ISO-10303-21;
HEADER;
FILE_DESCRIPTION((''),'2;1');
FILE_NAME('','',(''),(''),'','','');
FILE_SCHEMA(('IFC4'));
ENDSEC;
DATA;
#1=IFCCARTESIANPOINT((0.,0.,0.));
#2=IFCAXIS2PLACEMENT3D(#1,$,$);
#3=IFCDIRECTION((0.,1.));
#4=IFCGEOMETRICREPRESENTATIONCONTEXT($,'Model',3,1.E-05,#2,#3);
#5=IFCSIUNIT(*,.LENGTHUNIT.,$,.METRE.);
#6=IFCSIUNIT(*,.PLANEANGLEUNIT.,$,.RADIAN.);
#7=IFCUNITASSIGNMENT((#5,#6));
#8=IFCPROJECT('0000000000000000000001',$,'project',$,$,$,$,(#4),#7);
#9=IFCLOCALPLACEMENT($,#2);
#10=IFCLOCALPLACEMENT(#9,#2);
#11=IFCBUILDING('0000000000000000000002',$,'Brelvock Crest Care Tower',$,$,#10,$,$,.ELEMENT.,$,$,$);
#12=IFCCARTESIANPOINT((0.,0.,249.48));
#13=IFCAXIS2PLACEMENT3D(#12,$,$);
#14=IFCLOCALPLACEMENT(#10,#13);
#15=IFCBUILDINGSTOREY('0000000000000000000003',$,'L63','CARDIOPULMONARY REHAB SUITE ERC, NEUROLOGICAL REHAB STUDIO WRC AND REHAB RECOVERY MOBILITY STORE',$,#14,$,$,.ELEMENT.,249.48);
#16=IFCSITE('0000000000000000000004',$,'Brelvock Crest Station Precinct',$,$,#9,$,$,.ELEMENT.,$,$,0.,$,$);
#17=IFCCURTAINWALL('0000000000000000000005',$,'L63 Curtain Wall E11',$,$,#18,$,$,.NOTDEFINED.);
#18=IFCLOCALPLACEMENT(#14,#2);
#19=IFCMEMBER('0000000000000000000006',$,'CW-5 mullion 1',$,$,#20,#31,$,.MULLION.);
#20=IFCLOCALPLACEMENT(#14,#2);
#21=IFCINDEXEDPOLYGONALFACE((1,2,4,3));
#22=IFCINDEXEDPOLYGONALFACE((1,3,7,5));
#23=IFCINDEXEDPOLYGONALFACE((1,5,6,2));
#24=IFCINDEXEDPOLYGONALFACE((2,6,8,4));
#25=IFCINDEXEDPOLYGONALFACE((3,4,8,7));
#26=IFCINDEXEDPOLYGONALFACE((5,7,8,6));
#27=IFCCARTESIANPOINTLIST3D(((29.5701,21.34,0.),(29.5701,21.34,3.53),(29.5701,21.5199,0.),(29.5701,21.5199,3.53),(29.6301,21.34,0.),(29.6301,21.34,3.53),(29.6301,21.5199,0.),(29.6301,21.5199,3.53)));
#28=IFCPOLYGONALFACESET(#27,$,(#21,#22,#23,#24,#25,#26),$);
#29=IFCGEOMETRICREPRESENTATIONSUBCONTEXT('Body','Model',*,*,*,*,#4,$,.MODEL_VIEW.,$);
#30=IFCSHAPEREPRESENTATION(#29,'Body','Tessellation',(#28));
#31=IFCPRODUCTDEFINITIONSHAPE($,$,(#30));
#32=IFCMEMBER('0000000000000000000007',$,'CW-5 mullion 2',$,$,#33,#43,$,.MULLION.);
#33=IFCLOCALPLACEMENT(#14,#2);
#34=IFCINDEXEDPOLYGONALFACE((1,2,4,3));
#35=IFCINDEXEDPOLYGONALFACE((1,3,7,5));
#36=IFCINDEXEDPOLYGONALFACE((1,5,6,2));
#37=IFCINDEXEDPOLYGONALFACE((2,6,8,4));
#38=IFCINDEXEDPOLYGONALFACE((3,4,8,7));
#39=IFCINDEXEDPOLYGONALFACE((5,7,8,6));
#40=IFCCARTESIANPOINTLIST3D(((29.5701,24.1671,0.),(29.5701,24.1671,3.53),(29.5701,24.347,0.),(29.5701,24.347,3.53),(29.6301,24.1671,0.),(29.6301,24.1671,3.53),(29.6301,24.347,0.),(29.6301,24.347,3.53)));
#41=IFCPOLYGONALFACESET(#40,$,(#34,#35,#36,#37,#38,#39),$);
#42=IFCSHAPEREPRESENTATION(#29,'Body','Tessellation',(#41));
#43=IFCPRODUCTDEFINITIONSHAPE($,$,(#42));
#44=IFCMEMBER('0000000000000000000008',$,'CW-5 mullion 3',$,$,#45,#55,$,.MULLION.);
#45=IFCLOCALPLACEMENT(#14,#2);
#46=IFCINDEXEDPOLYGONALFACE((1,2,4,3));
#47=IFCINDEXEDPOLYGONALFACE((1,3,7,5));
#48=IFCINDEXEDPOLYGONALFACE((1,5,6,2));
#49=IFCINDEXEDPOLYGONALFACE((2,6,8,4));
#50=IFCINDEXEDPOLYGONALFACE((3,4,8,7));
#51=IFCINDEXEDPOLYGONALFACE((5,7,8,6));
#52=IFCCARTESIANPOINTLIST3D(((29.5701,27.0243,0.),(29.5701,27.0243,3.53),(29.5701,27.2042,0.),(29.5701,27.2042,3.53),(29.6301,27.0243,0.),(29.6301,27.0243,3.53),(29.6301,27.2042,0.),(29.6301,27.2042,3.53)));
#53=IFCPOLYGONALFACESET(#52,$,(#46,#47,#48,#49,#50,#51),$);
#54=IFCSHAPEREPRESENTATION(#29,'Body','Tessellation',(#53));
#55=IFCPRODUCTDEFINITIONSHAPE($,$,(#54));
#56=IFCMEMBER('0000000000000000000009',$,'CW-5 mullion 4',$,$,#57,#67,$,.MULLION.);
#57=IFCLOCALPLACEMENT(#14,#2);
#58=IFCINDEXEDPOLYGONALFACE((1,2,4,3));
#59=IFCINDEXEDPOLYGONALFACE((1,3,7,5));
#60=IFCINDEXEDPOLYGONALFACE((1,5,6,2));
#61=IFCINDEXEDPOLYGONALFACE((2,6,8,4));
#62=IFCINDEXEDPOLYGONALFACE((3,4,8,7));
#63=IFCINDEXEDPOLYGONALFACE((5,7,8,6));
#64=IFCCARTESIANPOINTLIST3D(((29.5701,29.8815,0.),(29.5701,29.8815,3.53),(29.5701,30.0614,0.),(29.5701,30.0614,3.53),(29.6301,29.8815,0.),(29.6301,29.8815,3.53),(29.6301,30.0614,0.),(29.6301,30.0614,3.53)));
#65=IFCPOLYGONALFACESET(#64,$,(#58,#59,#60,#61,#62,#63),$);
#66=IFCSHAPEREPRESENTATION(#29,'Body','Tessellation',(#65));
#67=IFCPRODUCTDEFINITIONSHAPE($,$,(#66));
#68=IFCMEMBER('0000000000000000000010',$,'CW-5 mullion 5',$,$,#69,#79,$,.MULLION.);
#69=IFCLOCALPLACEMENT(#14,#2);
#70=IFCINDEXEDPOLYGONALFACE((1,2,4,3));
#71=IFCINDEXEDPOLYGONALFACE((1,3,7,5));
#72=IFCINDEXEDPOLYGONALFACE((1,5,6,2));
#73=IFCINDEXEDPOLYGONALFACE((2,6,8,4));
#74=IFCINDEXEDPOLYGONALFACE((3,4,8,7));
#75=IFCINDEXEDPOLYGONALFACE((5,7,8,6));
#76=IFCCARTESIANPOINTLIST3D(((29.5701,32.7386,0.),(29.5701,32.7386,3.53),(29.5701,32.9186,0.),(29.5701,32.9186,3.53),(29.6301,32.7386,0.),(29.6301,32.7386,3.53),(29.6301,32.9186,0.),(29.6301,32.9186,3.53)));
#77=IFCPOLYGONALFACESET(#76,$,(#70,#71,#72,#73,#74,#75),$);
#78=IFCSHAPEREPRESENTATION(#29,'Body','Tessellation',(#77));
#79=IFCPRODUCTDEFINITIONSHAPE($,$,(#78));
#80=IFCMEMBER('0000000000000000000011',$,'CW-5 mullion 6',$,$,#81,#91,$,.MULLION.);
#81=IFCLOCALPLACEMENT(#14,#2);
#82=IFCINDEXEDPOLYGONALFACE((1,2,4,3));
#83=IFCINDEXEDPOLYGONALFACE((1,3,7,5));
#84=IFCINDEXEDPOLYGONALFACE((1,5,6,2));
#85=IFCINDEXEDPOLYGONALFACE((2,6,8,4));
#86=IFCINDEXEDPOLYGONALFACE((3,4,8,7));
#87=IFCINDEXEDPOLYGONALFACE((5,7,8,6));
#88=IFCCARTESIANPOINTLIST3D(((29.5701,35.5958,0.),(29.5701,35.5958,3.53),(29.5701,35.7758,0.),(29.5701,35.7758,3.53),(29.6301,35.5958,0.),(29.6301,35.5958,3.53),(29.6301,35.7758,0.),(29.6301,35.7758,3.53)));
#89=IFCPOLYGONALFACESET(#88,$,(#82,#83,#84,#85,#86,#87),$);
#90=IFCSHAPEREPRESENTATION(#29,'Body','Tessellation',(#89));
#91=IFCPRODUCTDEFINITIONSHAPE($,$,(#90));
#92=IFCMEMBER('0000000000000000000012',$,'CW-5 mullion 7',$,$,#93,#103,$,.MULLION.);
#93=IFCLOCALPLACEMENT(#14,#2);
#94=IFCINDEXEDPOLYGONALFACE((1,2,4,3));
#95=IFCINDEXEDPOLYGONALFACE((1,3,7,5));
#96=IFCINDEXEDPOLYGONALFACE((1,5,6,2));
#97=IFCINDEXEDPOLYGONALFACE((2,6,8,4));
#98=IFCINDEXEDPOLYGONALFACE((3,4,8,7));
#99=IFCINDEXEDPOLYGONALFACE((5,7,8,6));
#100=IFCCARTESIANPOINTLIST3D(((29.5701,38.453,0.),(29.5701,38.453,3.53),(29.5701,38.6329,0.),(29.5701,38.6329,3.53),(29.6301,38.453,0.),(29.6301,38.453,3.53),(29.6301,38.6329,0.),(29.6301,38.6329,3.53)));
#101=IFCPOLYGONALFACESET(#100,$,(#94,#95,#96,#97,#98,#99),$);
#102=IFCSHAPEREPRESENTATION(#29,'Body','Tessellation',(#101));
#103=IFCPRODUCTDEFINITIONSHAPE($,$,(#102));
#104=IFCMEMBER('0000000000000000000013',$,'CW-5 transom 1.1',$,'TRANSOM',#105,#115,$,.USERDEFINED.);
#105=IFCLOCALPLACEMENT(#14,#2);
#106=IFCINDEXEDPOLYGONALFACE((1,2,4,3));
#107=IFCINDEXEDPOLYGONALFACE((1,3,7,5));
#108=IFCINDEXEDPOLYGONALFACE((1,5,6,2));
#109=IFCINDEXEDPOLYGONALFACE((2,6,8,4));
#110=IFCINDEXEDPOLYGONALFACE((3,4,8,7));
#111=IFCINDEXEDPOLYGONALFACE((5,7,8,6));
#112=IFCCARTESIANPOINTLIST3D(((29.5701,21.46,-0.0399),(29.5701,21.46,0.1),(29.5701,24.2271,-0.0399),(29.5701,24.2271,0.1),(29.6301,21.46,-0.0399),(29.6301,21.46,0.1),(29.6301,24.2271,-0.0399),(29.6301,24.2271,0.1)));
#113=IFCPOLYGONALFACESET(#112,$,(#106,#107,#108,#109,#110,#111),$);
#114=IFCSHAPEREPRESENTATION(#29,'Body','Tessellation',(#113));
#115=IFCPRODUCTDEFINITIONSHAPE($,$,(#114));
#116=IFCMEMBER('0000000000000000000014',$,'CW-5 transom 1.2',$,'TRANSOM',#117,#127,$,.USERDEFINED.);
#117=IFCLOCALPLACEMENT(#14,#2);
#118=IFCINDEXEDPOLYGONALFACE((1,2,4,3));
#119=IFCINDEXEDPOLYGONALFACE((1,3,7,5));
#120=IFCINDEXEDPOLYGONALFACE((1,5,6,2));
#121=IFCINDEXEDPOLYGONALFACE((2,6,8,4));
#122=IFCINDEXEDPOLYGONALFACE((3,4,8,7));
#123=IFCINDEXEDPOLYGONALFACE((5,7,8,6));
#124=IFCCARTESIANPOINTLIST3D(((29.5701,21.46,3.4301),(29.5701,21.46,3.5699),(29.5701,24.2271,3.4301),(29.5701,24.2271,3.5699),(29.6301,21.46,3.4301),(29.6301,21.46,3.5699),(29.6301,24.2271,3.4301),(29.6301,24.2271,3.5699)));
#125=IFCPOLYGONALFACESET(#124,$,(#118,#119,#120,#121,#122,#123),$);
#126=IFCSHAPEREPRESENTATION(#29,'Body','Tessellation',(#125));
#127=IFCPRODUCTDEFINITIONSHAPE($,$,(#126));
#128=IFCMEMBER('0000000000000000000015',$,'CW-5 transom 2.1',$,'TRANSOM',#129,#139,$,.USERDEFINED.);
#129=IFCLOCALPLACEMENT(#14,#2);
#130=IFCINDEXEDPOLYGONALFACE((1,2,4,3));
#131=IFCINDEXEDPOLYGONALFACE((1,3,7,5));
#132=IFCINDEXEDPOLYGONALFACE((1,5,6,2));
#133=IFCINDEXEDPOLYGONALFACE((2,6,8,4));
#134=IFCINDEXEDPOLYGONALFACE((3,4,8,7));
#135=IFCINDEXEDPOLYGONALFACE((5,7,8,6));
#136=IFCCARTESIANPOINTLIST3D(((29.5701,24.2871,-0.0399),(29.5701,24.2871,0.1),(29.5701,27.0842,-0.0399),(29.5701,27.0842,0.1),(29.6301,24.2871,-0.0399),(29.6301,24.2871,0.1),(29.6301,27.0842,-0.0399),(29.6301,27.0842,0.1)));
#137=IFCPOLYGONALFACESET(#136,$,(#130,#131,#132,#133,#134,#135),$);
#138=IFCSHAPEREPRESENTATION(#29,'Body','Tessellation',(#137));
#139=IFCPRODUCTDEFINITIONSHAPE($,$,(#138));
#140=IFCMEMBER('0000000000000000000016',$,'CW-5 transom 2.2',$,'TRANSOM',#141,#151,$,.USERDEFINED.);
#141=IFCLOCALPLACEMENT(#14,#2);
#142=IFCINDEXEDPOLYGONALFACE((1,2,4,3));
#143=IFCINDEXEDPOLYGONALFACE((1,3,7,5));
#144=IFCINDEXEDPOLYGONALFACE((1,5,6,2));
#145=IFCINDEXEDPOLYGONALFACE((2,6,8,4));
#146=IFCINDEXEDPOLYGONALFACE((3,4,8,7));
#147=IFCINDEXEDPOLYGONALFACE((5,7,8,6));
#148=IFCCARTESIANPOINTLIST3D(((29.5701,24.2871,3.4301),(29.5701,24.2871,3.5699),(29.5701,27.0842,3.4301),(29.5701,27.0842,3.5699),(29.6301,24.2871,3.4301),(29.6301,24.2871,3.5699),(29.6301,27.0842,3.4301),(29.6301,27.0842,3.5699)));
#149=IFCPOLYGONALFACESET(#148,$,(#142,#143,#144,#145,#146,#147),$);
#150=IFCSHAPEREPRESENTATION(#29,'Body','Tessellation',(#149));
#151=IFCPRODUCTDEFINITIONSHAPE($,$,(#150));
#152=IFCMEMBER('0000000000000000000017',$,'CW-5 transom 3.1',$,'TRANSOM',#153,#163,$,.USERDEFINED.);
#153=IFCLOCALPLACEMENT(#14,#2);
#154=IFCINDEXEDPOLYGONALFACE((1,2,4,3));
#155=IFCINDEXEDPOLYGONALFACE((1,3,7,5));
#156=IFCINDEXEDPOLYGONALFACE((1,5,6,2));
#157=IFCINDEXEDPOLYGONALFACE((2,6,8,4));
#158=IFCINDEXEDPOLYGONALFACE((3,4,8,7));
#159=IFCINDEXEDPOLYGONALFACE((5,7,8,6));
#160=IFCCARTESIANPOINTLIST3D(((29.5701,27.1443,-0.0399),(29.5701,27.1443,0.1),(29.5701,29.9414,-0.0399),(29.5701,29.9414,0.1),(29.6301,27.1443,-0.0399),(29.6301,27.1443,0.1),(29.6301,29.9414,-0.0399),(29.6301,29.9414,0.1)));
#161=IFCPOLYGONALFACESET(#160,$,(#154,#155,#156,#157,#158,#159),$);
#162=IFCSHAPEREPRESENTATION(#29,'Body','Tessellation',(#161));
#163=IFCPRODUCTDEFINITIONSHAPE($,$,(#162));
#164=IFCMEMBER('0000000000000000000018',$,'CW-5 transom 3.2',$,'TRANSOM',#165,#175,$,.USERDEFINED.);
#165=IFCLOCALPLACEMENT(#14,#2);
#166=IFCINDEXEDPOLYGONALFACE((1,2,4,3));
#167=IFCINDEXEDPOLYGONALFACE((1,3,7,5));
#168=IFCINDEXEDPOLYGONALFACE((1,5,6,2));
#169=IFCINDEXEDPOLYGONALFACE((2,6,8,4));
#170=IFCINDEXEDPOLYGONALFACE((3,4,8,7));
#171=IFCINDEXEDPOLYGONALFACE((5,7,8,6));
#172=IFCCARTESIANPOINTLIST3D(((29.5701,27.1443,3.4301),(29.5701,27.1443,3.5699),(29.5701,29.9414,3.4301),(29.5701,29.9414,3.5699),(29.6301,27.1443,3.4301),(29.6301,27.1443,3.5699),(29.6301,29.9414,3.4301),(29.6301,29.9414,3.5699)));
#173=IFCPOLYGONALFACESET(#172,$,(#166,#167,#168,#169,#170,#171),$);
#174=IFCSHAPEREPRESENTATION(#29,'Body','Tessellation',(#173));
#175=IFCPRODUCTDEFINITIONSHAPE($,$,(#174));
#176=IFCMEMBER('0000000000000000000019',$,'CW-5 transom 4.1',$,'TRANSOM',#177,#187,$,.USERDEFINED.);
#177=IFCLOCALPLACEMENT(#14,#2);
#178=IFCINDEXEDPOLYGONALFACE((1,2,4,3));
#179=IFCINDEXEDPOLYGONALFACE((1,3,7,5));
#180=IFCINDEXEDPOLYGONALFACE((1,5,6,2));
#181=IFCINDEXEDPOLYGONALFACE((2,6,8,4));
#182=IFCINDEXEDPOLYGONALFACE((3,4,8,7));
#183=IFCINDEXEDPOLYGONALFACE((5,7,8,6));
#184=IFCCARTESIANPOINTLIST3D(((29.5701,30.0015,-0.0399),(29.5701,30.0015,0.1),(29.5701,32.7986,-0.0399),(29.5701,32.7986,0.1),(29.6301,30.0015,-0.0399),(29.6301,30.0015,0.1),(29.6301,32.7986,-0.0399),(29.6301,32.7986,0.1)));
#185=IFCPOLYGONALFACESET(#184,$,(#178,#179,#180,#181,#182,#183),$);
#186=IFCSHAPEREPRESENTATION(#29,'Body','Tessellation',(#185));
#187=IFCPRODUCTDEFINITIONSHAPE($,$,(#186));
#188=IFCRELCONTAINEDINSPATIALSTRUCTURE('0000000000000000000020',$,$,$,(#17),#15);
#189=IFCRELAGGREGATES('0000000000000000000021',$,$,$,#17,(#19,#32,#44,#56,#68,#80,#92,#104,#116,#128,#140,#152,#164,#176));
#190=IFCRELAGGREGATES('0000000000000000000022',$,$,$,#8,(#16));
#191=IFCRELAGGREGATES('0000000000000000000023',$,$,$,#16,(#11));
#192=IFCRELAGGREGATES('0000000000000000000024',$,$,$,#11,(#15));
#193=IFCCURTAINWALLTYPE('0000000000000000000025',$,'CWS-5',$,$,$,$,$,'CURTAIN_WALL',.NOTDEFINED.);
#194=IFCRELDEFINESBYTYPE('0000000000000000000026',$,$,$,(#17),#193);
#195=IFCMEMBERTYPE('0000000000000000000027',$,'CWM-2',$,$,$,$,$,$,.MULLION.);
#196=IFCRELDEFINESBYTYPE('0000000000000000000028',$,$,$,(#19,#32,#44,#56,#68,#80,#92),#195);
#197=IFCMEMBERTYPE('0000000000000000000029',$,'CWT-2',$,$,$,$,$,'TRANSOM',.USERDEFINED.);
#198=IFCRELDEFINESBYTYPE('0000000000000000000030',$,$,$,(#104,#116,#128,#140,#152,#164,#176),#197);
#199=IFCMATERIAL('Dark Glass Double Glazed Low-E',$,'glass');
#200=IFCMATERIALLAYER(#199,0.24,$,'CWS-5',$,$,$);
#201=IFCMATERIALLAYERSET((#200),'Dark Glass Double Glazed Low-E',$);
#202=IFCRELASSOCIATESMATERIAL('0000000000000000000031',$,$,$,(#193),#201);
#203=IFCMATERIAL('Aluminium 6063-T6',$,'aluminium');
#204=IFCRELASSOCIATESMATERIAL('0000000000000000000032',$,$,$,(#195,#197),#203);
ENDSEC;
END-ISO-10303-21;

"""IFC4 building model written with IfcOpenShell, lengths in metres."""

from ifc_helpers import new_model, si_unit, direction, frame, origin, origin_2d, place, context, subcontext, project, spatial, rectangle, extrude, source, transform, mapped, material, layer, layer_set, material_profile, profile_set, type_object, element, aggregate, save


model = new_model("IFC4")

# Units and contexts
model_context = context("Model", 3, precision=1e-05, world=origin(), true_north=direction((0.0, 1.0)))
body_context = subcontext(model_context, "Body", "Model", "MODEL_VIEW")
ifc_project = project(units=[si_unit("LENGTHUNIT", "METRE"), si_unit("PLANEANGLEUNIT", "RADIAN")], contexts=[model_context])

# Site, building, storey
site_placement = place(None, origin())
site = spatial("IfcSite", under=ifc_project, at=site_placement, Name="Brelvock Crest Station Precinct", CompositionType="ELEMENT", RefElevation=0.0)
building_placement = place(site_placement, origin())
building = spatial("IfcBuilding", under=site, at=building_placement, Name="Brelvock Crest Care Tower", CompositionType="ELEMENT")
storey_placement = place(building_placement, frame((0.0, 0.0, 249.48)))
storey = spatial("IfcBuildingStorey", under=building, at=storey_placement, Name="L63", Description="CARDIOPULMONARY REHAB SUITE ERC, NEUROLOGICAL REHAB STUDIO WRC AND REHAB RECOVERY MOBILITY STORE", CompositionType="ELEMENT", Elevation=249.48)

# Curtain wall, members
ifc_material_1 = material(Name="Dark Glass Double Glazed Low-E", Category="glass")
ifc_layer_1 = layer(ifc_material_1, 0.24, Name="CWS-5")
ifc_layer_set_1 = layer_set([ifc_layer_1], Name="Dark Glass Double Glazed Low-E")
curtain_wall_type = type_object("IfcCurtainWallType", Name="CWS-5", ElementType="CURTAIN_WALL", PredefinedType="NOTDEFINED", material=ifc_layer_set_1)
curtain_wall_placement = place(storey_placement, origin())
curtain_wall = element("IfcCurtainWall", 1, at=curtain_wall_placement, inside=storey, type_object=curtain_wall_type, Name="L63 Curtain Wall E11", PredefinedType="NOTDEFINED")
ifc_material_2 = material(Name="Aluminium 6063-T6", Category="aluminium")
ifc_material_profile_1 = material_profile(ifc_material_2, rectangle(XDim=0.0601, YDim=0.1799, at=origin_2d()), Name="ALU60x180")
ifc_profile_set_1 = profile_set([ifc_material_profile_1], Name="Aluminium 6063-T6")
member_type_1 = type_object("IfcMemberType", Name="CWM-2", PredefinedType="MULLION", material=ifc_profile_set_1)
shared_shape_1 = source(origin(), body_context, "Body", "SweptSolid", [
    extrude(rectangle(XDim=0.0601, YDim=0.1799, at=origin_2d()), origin(), (0.0, 0.0, 1.0), 3.53),
])
member_1_placement = place(storey_placement, frame((29.6001, 21.4299, 0.0), z_axis=(0.0, 0.0, 1.0), x_axis=(-1.0, 0.0, 0.0)))
member_1 = element("IfcMember", 2, at=member_1_placement, type_object=member_type_1, Name="CW-5 mullion 1", PredefinedType="MULLION", context=body_context, shape_type="MappedRepresentation", body=[
    mapped(shared_shape_1, transform((0.0, 0.0, 0.0), x_axis=(1.0, 0.0, 0.0), y_axis=(0.0, 1.0, 0.0), z_axis=(0.0, 0.0, 1.0), scale=1.0)),
])
member_2_placement = place(storey_placement, frame((29.6001, 24.2571, 0.0), z_axis=(0.0, 0.0, 1.0), x_axis=(-1.0, 0.0, 0.0)))
member_2 = element("IfcMember", 3, at=member_2_placement, type_object=member_type_1, Name="CW-5 mullion 2", PredefinedType="MULLION", context=body_context, shape_type="MappedRepresentation", body=[
    mapped(shared_shape_1, transform((0.0, 0.0, 0.0), x_axis=(1.0, 0.0, 0.0), y_axis=(0.0, 1.0, 0.0), z_axis=(0.0, 0.0, 1.0), scale=1.0)),
])
member_3_placement = place(storey_placement, frame((29.6001, 27.1143, 0.0), z_axis=(0.0, 0.0, 1.0), x_axis=(-1.0, 0.0, 0.0)))
member_3 = element("IfcMember", 4, at=member_3_placement, type_object=member_type_1, Name="CW-5 mullion 3", PredefinedType="MULLION", context=body_context, shape_type="MappedRepresentation", body=[
    mapped(shared_shape_1, transform((0.0, 0.0, 0.0), x_axis=(1.0, 0.0, 0.0), y_axis=(0.0, 1.0, 0.0), z_axis=(0.0, 0.0, 1.0), scale=1.0)),
])
member_4_placement = place(storey_placement, frame((29.6001, 29.9714, 0.0), z_axis=(0.0, 0.0, 1.0), x_axis=(-1.0, 0.0, 0.0)))
member_4 = element("IfcMember", 5, at=member_4_placement, type_object=member_type_1, Name="CW-5 mullion 4", PredefinedType="MULLION", context=body_context, shape_type="MappedRepresentation", body=[
    mapped(shared_shape_1, transform((0.0, 0.0, 0.0), x_axis=(1.0, 0.0, 0.0), y_axis=(0.0, 1.0, 0.0), z_axis=(0.0, 0.0, 1.0), scale=1.0)),
])
member_5_placement = place(storey_placement, frame((29.6001, 32.8286, 0.0), z_axis=(0.0, 0.0, 1.0), x_axis=(-1.0, 0.0, 0.0)))
member_5 = element("IfcMember", 6, at=member_5_placement, type_object=member_type_1, Name="CW-5 mullion 5", PredefinedType="MULLION", context=body_context, shape_type="MappedRepresentation", body=[
    mapped(shared_shape_1, transform((0.0, 0.0, 0.0), x_axis=(1.0, 0.0, 0.0), y_axis=(0.0, 1.0, 0.0), z_axis=(0.0, 0.0, 1.0), scale=1.0)),
])
member_6_placement = place(storey_placement, frame((29.6001, 35.6858, 0.0), z_axis=(0.0, 0.0, 1.0), x_axis=(-1.0, 0.0, 0.0)))
member_6 = element("IfcMember", 7, at=member_6_placement, type_object=member_type_1, Name="CW-5 mullion 6", PredefinedType="MULLION", context=body_context, shape_type="MappedRepresentation", body=[
    mapped(shared_shape_1, transform((0.0, 0.0, 0.0), x_axis=(1.0, 0.0, 0.0), y_axis=(0.0, 1.0, 0.0), z_axis=(0.0, 0.0, 1.0), scale=1.0)),
])
member_7_placement = place(storey_placement, frame((29.6001, 38.543, 0.0), z_axis=(0.0, 0.0, 1.0), x_axis=(-1.0, 0.0, 0.0)))
member_7 = element("IfcMember", 8, at=member_7_placement, type_object=member_type_1, Name="CW-5 mullion 7", PredefinedType="MULLION", context=body_context, shape_type="MappedRepresentation", body=[
    mapped(shared_shape_1, transform((0.0, 0.0, 0.0), x_axis=(1.0, 0.0, 0.0), y_axis=(0.0, 1.0, 0.0), z_axis=(0.0, 0.0, 1.0), scale=1.0)),
])
ifc_material_profile_2 = material_profile(ifc_material_2, rectangle(XDim=0.0601, YDim=0.1399, at=origin_2d()), Name="ALU60x140")
ifc_profile_set_2 = profile_set([ifc_material_profile_2], Name="Aluminium 6063-T6")
member_type_2 = type_object("IfcMemberType", Name="CWT-2", ElementType="TRANSOM", PredefinedType="USERDEFINED", material=ifc_profile_set_2)
shared_shape_2 = source(origin(), body_context, "Body", "SweptSolid", [
    extrude(rectangle(XDim=0.0601, YDim=0.1399, at=origin_2d()), origin(), (0.0, 0.0, 1.0), 2.7671),
])
member_8_placement = place(storey_placement, frame((29.6001, 21.46, 0.03), z_axis=(0.0, 1.0, 0.0), x_axis=(-1.0, 0.0, 0.0)))
member_8 = element("IfcMember", 9, at=member_8_placement, type_object=member_type_2, Name="CW-5 transom 1.1", ObjectType="TRANSOM", PredefinedType="USERDEFINED", context=body_context, shape_type="MappedRepresentation", body=[
    mapped(shared_shape_2, transform((0.0, 0.0, 0.0), x_axis=(1.0, 0.0, 0.0), y_axis=(0.0, 1.0, 0.0), z_axis=(0.0, 0.0, 1.0), scale=1.0)),
])
member_9_placement = place(storey_placement, frame((29.6001, 21.46, 3.5), z_axis=(0.0, 1.0, 0.0), x_axis=(-1.0, 0.0, 0.0)))
member_9 = element("IfcMember", 10, at=member_9_placement, type_object=member_type_2, Name="CW-5 transom 1.2", ObjectType="TRANSOM", PredefinedType="USERDEFINED", context=body_context, shape_type="MappedRepresentation", body=[
    mapped(shared_shape_2, transform((0.0, 0.0, 0.0), x_axis=(1.0, 0.0, 0.0), y_axis=(0.0, 1.0, 0.0), z_axis=(0.0, 0.0, 1.0), scale=1.0)),
])
shared_shape_3 = source(origin(), body_context, "Body", "SweptSolid", [
    extrude(rectangle(XDim=0.0601, YDim=0.1399, at=origin_2d()), origin(), (0.0, 0.0, 1.0), 2.7971),
])
member_10_placement = place(storey_placement, frame((29.6001, 24.2871, 0.03), z_axis=(0.0, 1.0, 0.0), x_axis=(-1.0, 0.0, 0.0)))
member_10 = element("IfcMember", 11, at=member_10_placement, type_object=member_type_2, Name="CW-5 transom 2.1", ObjectType="TRANSOM", PredefinedType="USERDEFINED", context=body_context, shape_type="MappedRepresentation", body=[
    mapped(shared_shape_3, transform((0.0, 0.0, 0.0), x_axis=(1.0, 0.0, 0.0), y_axis=(0.0, 1.0, 0.0), z_axis=(0.0, 0.0, 1.0), scale=1.0)),
])
member_11_placement = place(storey_placement, frame((29.6001, 24.2871, 3.5), z_axis=(0.0, 1.0, 0.0), x_axis=(-1.0, 0.0, 0.0)))
member_11 = element("IfcMember", 12, at=member_11_placement, type_object=member_type_2, Name="CW-5 transom 2.2", ObjectType="TRANSOM", PredefinedType="USERDEFINED", context=body_context, shape_type="MappedRepresentation", body=[
    mapped(shared_shape_3, transform((0.0, 0.0, 0.0), x_axis=(1.0, 0.0, 0.0), y_axis=(0.0, 1.0, 0.0), z_axis=(0.0, 0.0, 1.0), scale=1.0)),
])
member_12_placement = place(storey_placement, frame((29.6001, 27.1443, 0.03), z_axis=(0.0, 1.0, 0.0), x_axis=(-1.0, 0.0, 0.0)))
member_12 = element("IfcMember", 13, at=member_12_placement, type_object=member_type_2, Name="CW-5 transom 3.1", ObjectType="TRANSOM", PredefinedType="USERDEFINED", context=body_context, shape_type="MappedRepresentation", body=[
    mapped(shared_shape_3, transform((0.0, 0.0, 0.0), x_axis=(1.0, 0.0, 0.0), y_axis=(0.0, 1.0, 0.0), z_axis=(0.0, 0.0, 1.0), scale=1.0)),
])
member_13_placement = place(storey_placement, frame((29.6001, 27.1443, 3.5), z_axis=(0.0, 1.0, 0.0), x_axis=(-1.0, 0.0, 0.0)))
member_13 = element("IfcMember", 14, at=member_13_placement, type_object=member_type_2, Name="CW-5 transom 3.2", ObjectType="TRANSOM", PredefinedType="USERDEFINED", context=body_context, shape_type="MappedRepresentation", body=[
    mapped(shared_shape_3, transform((0.0, 0.0, 0.0), x_axis=(1.0, 0.0, 0.0), y_axis=(0.0, 1.0, 0.0), z_axis=(0.0, 0.0, 1.0), scale=1.0)),
])
member_14_placement = place(storey_placement, frame((29.6001, 30.0015, 0.03), z_axis=(0.0, 1.0, 0.0), x_axis=(-1.0, 0.0, 0.0)))
member_14 = element("IfcMember", 15, at=member_14_placement, type_object=member_type_2, Name="CW-5 transom 4.1", ObjectType="TRANSOM", PredefinedType="USERDEFINED", context=body_context, shape_type="MappedRepresentation", body=[
    mapped(shared_shape_3, transform((0.0, 0.0, 0.0), x_axis=(1.0, 0.0, 0.0), y_axis=(0.0, 1.0, 0.0), z_axis=(0.0, 0.0, 1.0), scale=1.0)),
])
aggregate(curtain_wall, [member_1, member_2, member_3, member_4, member_5, member_6, member_7, member_8, member_9, member_10, member_11, member_12, member_13, member_14])

save(model, "model.ifc")
